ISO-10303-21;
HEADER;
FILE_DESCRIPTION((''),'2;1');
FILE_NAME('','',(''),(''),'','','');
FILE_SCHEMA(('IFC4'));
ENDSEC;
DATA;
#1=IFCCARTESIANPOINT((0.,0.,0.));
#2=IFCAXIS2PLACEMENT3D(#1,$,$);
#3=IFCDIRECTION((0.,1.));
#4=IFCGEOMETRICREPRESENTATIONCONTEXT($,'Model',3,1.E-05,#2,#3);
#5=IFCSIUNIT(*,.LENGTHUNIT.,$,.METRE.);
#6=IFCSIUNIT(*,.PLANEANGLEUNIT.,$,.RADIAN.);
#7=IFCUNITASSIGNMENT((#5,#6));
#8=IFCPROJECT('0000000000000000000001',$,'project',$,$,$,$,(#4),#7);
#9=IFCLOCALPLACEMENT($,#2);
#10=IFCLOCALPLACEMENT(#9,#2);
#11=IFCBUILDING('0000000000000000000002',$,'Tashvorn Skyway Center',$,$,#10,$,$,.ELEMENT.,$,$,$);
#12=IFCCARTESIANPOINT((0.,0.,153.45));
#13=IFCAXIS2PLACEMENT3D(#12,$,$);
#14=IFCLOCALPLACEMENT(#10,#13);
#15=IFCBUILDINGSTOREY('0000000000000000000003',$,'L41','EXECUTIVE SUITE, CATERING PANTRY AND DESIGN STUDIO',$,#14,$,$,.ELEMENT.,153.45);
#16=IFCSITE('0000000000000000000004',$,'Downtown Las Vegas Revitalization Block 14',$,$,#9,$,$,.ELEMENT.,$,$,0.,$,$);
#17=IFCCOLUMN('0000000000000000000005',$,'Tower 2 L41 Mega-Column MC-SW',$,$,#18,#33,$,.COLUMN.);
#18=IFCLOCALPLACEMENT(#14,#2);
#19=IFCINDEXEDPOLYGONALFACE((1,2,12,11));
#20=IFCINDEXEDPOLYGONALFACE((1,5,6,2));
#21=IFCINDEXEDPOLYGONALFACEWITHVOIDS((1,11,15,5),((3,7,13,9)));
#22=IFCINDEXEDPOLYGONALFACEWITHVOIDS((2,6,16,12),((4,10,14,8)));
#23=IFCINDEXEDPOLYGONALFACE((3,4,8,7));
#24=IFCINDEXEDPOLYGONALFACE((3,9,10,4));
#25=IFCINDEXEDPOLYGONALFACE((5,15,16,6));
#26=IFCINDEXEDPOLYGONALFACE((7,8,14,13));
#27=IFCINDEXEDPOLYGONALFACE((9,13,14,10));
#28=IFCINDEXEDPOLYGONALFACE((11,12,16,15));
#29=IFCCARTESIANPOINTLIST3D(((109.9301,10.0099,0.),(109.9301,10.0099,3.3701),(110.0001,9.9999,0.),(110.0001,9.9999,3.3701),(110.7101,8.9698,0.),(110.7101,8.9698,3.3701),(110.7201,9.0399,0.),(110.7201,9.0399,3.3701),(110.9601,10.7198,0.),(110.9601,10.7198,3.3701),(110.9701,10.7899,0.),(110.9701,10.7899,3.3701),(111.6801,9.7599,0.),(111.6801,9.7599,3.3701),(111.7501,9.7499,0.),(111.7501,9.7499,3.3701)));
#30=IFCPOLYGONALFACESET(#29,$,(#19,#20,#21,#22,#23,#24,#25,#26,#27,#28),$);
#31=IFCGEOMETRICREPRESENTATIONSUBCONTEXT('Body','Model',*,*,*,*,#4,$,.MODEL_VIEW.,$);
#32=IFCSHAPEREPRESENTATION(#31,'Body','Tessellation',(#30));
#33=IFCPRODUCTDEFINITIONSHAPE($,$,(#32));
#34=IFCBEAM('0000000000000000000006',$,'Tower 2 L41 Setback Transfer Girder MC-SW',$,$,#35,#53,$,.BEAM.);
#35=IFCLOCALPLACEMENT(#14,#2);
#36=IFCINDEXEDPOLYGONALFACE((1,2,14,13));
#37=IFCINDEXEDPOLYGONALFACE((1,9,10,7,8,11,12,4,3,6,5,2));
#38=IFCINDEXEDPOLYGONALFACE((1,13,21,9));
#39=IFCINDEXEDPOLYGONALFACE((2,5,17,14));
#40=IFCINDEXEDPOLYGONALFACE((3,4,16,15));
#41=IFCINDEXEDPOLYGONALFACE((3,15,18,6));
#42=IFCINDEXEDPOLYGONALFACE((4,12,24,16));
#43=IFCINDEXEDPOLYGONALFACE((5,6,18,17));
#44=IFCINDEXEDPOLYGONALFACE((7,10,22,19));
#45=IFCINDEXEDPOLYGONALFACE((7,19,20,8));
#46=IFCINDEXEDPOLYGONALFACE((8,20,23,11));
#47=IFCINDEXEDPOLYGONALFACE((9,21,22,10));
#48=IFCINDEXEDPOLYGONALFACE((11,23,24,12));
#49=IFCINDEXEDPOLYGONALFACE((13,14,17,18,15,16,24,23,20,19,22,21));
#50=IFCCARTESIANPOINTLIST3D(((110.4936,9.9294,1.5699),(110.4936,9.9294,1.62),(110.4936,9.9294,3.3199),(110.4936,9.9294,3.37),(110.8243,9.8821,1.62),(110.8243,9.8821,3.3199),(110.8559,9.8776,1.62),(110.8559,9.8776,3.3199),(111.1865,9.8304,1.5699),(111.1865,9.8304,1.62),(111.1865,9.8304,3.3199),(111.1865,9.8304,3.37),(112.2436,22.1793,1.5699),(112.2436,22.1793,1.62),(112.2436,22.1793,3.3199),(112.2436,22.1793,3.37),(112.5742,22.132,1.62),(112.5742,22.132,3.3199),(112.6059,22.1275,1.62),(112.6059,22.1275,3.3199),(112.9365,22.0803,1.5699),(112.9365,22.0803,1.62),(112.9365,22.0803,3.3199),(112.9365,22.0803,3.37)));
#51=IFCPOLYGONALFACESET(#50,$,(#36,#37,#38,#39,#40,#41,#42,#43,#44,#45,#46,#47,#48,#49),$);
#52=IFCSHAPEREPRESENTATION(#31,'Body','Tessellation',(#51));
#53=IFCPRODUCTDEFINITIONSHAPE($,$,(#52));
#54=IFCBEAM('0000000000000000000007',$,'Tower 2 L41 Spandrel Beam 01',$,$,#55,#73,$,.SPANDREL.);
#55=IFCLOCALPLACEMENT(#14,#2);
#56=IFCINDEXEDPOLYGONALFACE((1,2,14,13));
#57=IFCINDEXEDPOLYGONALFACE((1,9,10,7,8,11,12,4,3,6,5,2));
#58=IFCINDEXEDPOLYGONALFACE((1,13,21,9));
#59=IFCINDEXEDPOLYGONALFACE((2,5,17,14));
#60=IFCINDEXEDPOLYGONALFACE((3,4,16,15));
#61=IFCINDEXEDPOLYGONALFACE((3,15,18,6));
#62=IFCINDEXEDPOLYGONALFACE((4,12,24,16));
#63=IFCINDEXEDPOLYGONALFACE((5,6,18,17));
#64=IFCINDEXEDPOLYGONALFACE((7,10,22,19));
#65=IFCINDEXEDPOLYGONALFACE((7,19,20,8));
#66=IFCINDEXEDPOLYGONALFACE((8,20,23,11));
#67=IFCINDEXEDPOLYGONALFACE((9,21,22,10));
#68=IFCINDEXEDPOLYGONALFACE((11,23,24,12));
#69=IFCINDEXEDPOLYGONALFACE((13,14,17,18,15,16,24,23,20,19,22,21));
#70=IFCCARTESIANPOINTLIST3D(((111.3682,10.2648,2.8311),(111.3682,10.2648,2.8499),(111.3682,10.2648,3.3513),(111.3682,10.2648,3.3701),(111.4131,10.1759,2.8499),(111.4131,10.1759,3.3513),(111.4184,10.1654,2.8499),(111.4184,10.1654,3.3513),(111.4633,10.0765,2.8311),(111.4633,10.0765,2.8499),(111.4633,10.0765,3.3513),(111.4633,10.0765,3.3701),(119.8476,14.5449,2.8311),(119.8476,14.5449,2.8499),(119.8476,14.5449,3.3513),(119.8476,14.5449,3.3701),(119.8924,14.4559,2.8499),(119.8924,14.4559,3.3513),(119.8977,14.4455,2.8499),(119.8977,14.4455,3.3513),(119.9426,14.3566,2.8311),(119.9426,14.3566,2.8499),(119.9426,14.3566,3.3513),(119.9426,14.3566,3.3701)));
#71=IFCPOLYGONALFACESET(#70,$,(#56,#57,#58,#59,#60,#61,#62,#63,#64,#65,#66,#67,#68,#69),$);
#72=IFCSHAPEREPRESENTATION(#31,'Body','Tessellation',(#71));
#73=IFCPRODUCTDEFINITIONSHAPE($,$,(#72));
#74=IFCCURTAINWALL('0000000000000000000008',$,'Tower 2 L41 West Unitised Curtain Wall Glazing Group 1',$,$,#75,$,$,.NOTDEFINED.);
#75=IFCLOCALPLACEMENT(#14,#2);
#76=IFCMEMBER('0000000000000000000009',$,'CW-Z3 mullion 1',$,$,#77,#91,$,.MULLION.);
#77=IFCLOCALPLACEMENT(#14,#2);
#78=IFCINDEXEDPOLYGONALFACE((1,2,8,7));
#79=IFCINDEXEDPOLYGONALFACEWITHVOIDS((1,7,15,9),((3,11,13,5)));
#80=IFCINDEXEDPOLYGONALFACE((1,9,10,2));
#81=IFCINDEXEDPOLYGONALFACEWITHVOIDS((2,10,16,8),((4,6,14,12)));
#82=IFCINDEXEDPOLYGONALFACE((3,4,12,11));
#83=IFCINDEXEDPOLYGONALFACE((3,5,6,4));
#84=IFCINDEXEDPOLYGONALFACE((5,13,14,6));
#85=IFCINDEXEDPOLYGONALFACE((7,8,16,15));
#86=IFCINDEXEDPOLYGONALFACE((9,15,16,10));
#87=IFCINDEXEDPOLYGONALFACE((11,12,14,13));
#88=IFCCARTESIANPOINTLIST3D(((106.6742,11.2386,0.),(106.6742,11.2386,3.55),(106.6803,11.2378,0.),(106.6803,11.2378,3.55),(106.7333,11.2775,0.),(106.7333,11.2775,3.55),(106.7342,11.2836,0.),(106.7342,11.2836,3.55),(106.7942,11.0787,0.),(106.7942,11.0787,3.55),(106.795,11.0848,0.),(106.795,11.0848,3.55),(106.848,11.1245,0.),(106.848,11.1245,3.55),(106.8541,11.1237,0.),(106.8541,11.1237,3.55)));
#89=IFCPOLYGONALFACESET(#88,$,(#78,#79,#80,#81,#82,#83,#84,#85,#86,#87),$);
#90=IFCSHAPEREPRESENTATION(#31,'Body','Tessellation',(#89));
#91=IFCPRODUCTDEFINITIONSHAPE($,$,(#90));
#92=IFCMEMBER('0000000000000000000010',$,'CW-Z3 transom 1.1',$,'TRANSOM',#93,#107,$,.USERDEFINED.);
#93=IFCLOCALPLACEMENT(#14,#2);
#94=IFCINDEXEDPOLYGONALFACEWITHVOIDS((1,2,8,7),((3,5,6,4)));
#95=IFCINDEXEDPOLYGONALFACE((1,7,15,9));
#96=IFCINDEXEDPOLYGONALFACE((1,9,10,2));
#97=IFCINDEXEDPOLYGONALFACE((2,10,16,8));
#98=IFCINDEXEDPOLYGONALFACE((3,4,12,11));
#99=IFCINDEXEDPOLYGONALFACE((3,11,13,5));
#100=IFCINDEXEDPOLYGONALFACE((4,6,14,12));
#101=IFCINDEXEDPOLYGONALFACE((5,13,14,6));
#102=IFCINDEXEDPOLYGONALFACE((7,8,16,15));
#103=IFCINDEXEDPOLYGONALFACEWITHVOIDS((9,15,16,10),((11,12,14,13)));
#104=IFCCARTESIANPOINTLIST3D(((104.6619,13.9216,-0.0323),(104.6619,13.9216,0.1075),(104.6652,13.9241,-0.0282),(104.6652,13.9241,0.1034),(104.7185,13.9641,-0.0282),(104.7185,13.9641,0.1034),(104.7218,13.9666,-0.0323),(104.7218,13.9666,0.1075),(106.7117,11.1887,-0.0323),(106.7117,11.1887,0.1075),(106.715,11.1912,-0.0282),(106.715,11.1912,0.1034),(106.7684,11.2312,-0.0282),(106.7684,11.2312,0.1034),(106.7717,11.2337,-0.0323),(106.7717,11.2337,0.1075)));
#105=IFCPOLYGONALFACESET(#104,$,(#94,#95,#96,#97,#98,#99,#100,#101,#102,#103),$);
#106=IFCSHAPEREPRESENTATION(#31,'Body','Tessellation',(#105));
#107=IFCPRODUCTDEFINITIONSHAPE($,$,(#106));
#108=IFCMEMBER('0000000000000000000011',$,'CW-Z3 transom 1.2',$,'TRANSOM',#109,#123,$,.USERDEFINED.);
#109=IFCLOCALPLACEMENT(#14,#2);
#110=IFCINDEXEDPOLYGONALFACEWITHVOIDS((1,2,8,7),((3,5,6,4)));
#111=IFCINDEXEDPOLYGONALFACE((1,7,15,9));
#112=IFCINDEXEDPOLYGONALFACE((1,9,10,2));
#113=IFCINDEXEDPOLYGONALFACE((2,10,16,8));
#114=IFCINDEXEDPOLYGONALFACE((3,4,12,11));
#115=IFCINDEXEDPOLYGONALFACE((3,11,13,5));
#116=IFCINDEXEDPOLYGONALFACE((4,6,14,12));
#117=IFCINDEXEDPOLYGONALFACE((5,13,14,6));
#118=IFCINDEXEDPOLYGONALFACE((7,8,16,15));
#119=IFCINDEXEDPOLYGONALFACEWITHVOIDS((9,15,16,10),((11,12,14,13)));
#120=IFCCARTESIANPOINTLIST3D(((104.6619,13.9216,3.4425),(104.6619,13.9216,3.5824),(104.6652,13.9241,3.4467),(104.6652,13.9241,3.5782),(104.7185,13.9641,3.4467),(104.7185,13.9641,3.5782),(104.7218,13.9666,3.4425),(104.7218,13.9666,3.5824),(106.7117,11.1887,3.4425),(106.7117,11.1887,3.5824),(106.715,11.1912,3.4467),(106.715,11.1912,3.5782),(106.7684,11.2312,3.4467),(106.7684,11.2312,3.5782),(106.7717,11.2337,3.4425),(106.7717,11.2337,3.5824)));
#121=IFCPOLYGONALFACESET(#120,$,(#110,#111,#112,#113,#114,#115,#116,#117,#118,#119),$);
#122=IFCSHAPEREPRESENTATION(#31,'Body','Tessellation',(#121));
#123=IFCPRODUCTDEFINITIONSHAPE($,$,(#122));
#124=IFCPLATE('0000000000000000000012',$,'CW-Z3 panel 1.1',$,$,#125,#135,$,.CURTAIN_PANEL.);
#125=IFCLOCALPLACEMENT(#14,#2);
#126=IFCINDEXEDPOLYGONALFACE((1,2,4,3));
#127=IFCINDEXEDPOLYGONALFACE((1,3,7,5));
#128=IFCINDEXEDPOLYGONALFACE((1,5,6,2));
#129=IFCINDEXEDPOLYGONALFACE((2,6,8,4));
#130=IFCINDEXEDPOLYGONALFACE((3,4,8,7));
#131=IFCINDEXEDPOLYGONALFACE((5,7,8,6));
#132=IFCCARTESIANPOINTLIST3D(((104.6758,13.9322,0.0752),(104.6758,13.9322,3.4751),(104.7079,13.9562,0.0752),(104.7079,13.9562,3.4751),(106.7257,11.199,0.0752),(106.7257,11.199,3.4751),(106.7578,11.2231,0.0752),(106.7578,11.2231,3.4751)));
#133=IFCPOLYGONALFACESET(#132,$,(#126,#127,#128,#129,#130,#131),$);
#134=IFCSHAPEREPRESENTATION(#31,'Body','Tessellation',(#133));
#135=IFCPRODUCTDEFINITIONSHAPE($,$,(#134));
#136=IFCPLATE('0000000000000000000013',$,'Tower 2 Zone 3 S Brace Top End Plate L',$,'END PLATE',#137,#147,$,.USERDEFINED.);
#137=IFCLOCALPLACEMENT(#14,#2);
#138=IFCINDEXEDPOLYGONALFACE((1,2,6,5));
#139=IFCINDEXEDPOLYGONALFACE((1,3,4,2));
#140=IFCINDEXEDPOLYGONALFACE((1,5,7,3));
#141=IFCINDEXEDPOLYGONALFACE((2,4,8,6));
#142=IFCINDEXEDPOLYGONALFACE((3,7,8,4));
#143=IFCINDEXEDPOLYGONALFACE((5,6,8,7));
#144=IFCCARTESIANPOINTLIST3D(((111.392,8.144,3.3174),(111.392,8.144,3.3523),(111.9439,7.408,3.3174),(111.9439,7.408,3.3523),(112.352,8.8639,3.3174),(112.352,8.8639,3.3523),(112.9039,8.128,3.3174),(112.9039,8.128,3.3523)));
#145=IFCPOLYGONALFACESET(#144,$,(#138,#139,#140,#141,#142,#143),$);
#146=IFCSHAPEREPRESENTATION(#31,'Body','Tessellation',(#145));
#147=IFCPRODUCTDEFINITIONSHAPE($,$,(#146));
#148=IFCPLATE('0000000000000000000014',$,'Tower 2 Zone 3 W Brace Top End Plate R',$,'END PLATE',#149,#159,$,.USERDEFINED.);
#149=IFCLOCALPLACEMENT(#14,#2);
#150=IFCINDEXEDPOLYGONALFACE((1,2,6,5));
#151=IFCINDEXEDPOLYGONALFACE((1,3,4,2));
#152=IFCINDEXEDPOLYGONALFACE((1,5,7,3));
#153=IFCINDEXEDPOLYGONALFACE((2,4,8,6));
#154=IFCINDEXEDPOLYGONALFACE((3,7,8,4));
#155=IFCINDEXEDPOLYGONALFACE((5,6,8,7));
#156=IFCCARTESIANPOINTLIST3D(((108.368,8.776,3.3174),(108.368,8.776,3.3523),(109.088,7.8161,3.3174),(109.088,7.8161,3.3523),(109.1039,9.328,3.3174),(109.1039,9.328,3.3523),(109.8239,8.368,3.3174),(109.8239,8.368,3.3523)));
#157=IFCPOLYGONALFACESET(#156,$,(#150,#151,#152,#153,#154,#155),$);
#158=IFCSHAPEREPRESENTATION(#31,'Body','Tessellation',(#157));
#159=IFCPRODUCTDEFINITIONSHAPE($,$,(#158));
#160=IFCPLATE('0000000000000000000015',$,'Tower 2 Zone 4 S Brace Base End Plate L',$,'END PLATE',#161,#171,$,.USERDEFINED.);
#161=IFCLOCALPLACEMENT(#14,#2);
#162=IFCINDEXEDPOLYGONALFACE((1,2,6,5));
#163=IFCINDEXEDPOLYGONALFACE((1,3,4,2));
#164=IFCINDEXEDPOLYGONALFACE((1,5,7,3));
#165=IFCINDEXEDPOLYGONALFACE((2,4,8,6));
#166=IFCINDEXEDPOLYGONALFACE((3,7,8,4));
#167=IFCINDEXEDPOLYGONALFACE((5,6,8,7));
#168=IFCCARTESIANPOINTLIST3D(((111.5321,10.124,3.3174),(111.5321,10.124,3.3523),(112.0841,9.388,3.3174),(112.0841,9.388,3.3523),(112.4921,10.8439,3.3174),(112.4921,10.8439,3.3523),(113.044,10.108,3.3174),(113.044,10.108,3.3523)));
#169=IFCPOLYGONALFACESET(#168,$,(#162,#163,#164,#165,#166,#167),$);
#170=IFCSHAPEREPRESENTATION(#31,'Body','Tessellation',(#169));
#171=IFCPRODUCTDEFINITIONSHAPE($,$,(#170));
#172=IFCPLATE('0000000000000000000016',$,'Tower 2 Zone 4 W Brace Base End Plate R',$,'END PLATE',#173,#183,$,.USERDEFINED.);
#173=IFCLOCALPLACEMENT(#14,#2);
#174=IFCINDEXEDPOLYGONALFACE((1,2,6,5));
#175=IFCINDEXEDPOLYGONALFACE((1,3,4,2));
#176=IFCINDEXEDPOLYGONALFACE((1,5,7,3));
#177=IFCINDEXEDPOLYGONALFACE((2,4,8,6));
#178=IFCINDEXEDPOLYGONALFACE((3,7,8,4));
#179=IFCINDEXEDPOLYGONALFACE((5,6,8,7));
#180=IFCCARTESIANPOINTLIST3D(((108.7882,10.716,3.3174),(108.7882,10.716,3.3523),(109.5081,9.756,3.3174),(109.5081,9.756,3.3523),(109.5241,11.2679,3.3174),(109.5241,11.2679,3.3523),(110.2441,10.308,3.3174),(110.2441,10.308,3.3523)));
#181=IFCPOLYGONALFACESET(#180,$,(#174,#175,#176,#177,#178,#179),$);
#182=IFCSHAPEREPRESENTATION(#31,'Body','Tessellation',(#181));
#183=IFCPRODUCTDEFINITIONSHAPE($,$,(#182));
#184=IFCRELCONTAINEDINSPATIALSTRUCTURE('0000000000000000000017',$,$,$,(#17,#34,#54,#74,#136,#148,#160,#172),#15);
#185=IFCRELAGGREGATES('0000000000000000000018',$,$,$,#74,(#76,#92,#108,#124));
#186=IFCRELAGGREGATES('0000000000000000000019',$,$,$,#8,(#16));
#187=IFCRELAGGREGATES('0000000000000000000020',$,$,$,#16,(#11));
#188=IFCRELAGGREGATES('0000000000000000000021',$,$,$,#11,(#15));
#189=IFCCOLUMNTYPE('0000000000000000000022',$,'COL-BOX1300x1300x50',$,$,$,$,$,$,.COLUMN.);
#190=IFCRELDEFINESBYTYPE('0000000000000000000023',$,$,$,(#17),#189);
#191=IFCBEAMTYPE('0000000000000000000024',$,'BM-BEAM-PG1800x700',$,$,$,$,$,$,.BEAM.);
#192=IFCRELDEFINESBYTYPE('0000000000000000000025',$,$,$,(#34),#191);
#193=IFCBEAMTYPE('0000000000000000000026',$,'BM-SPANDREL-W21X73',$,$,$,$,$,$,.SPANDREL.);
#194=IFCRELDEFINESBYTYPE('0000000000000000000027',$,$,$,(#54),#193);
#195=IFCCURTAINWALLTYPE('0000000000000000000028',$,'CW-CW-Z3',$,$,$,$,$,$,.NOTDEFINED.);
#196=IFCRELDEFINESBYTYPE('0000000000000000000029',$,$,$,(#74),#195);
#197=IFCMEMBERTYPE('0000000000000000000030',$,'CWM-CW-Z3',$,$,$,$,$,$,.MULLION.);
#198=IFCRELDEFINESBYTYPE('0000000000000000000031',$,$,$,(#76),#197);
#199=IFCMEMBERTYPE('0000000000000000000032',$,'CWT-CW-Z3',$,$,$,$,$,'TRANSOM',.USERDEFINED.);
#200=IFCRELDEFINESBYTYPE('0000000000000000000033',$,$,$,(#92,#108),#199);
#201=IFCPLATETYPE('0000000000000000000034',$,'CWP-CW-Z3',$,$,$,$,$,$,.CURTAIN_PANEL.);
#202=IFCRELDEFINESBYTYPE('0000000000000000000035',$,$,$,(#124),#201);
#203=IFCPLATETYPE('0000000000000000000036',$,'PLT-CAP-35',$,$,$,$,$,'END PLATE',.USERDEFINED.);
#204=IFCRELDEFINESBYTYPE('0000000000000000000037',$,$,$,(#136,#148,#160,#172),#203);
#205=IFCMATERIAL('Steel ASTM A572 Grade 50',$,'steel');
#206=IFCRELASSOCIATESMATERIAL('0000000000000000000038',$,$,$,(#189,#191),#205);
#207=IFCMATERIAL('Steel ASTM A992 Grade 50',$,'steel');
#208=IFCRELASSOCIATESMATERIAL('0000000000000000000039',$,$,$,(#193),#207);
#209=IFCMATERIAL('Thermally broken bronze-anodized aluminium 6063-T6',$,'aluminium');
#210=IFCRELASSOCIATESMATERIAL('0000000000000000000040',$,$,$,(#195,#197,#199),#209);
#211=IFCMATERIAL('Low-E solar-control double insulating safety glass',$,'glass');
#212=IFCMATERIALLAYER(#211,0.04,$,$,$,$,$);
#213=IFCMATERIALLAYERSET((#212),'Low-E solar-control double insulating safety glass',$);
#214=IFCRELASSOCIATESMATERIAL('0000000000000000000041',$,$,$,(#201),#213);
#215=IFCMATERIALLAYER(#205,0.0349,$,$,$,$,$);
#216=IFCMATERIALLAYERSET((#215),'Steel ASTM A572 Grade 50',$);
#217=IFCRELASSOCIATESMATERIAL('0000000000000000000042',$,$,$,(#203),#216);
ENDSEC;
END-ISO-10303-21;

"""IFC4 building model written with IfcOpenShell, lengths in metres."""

from ifc_helpers import new_model, si_unit, direction, frame, origin, origin_2d, place, context, subcontext, project, spatial, rectangle, hollow_rectangle, i_section, extrude, material, layer, layer_set, material_profile, profile_set, type_object, element, aggregate, save


model = new_model("IFC4")

# Units and contexts
model_context = context("Model", 3, precision=1e-05, world=origin(), true_north=direction((0.0, 1.0)))
body_context = subcontext(model_context, "Body", "Model", "MODEL_VIEW")
ifc_project = project(units=[si_unit("LENGTHUNIT", "METRE"), si_unit("PLANEANGLEUNIT", "RADIAN")], contexts=[model_context])

# Site, building, storey
site_placement = place(None, origin())
site = spatial("IfcSite", under=ifc_project, at=site_placement, Name="Downtown Las Vegas Revitalization Block 14", CompositionType="ELEMENT", RefElevation=0.0)
building_placement = place(site_placement, origin())
building = spatial("IfcBuilding", under=site, at=building_placement, Name="Tashvorn Skyway Center", CompositionType="ELEMENT")
storey_placement = place(building_placement, frame((0.0, 0.0, 153.45)))
storey = spatial("IfcBuildingStorey", under=building, at=storey_placement, Name="L41", Description="EXECUTIVE SUITE, CATERING PANTRY AND DESIGN STUDIO", CompositionType="ELEMENT", Elevation=153.45)

# Column
ifc_material_1 = material(Name="Steel ASTM A572 Grade 50", Category="steel")
ifc_material_profile_1 = material_profile(ifc_material_1, hollow_rectangle(XDim=1.3, YDim=1.3, WallThickness=0.05, at=origin_2d()), Name="BOX1300x1300x50")
ifc_profile_set_1 = profile_set([ifc_material_profile_1], Name="Steel ASTM A572 Grade 50")
column_type = type_object("IfcColumnType", Name="COL-BOX1300x1300x50", PredefinedType="COLUMN", material=ifc_profile_set_1)
column_placement = place(storey_placement, frame((110.8401, 9.8799, 0.0), z_axis=(0.0, 0.0, 1.0), x_axis=(0.8, 0.6, 0.0)))
element("IfcColumn", 1, at=column_placement, inside=storey, type_object=column_type, Name="Tower 2 L41 Mega-Column MC-SW", PredefinedType="COLUMN", context=body_context, shape_type="SweptSolid", body=[
    extrude(hollow_rectangle(XDim=1.3, YDim=1.3, WallThickness=0.05, at=origin_2d()), origin(), (0.0, 0.0, 1.0), 3.3701),
])

# Beams
ifc_material_profile_2 = material_profile(ifc_material_1, i_section(OverallWidth=0.7, OverallDepth=1.8, WebThickness=0.032, FlangeThickness=0.05, at=origin_2d()), Name="PG1800x700")
ifc_profile_set_2 = profile_set([ifc_material_profile_2], Name="Steel ASTM A572 Grade 50")
beam_type_1 = type_object("IfcBeamType", Name="BM-BEAM-PG1800x700", PredefinedType="BEAM", material=ifc_profile_set_2)
beam_1_placement = place(storey_placement, frame((110.8401, 9.8799, 2.47), z_axis=(0.141421, 0.989949, 0.0), x_axis=(-0.989949, 0.141421, 0.0)))
element("IfcBeam", 2, at=beam_1_placement, inside=storey, type_object=beam_type_1, Name="Tower 2 L41 Setback Transfer Girder MC-SW", PredefinedType="BEAM", context=body_context, shape_type="SweptSolid", body=[
    extrude(i_section(OverallWidth=0.7, OverallDepth=1.8, WebThickness=0.032, FlangeThickness=0.05, at=origin_2d()), origin(), (0.0, 0.0, 1.0), 12.3743),
])
ifc_material_2 = material(Name="Steel ASTM A992 Grade 50", Category="steel")
ifc_material_profile_3 = material_profile(ifc_material_2, i_section(OverallWidth=0.2109, OverallDepth=0.5391, WebThickness=0.0117, FlangeThickness=0.0188, at=origin_2d()), Name="W21X73")
ifc_profile_set_3 = profile_set([ifc_material_profile_3], Name="Steel ASTM A992 Grade 50")
beam_type_2 = type_object("IfcBeamType", Name="BM-SPANDREL-W21X73", PredefinedType="SPANDREL", material=ifc_profile_set_3)
beam_2_placement = place(storey_placement, frame((111.4158, 10.1707, 3.1006), z_axis=(0.892719, 0.450614, 0.0), x_axis=(-0.450614, 0.892719, 0.0)))
element("IfcBeam", 3, at=beam_2_placement, inside=storey, type_object=beam_type_2, Name="Tower 2 L41 Spandrel Beam 01", PredefinedType="SPANDREL", context=body_context, shape_type="SweptSolid", body=[
    extrude(i_section(OverallWidth=0.2109, OverallDepth=0.5391, WebThickness=0.0117, FlangeThickness=0.0188, at=origin_2d()), origin(), (0.0, 0.0, 1.0), 9.4983),
])

# Curtain wall, members, plate
ifc_material_3 = material(Name="Thermally broken bronze-anodized aluminium 6063-T6", Category="aluminium")
curtain_wall_type = type_object("IfcCurtainWallType", Name="CW-CW-Z3", PredefinedType="NOTDEFINED", material=ifc_material_3)
curtain_wall_placement = place(storey_placement, origin())
curtain_wall = element("IfcCurtainWall", 4, at=curtain_wall_placement, inside=storey, type_object=curtain_wall_type, Name="Tower 2 L41 West Unitised Curtain Wall Glazing Group 1", PredefinedType="NOTDEFINED")
ifc_material_profile_4 = material_profile(ifc_material_3, hollow_rectangle(XDim=0.075, YDim=0.2, WallThickness=0.0044, at=origin_2d()), Name="ALU-MULL-75x200")
ifc_profile_set_4 = profile_set([ifc_material_profile_4], Name="Thermally broken bronze-anodized aluminium 6063-T6")
member_type_1 = type_object("IfcMemberType", Name="CWM-CW-Z3", PredefinedType="MULLION", material=ifc_profile_set_4)
member_1_placement = place(storey_placement, frame((106.7642, 11.1812, 0.0), z_axis=(0.0, 0.0, 1.0), x_axis=(-0.799997, -0.600005, 0.0)))
member_1 = element("IfcMember", 5, at=member_1_placement, type_object=member_type_1, Name="CW-Z3 mullion 1", PredefinedType="MULLION", context=body_context, shape_type="SweptSolid", body=[
    extrude(hollow_rectangle(XDim=0.075, YDim=0.2, WallThickness=0.0044, at=origin_2d()), origin(), (0.0, 0.0, 1.0), 3.55),
])
ifc_material_profile_5 = material_profile(ifc_material_3, hollow_rectangle(XDim=0.075, YDim=0.1399, WallThickness=0.0042, at=origin_2d()), Name="ALU-TRAN-75x140")
ifc_profile_set_5 = profile_set([ifc_material_profile_5], Name="Thermally broken bronze-anodized aluminium 6063-T6")
member_type_2 = type_object("IfcMemberType", Name="CWT-CW-Z3", ElementType="TRANSOM", PredefinedType="USERDEFINED", material=ifc_profile_set_5)
member_2_placement = place(storey_placement, frame((106.7417, 11.2112, 0.0376), z_axis=(-0.600023, 0.799983, 0.0), x_axis=(-0.799983, -0.600023, 0.0)))
member_2 = element("IfcMember", 6, at=member_2_placement, type_object=member_type_2, Name="CW-Z3 transom 1.1", ObjectType="TRANSOM", PredefinedType="USERDEFINED", context=body_context, shape_type="SweptSolid", body=[
    extrude(hollow_rectangle(XDim=0.075, YDim=0.1399, WallThickness=0.0042, at=origin_2d()), origin(), (0.0, 0.0, 1.0), 3.4163),
])
member_3_placement = place(storey_placement, frame((106.7417, 11.2112, 3.5125), z_axis=(-0.600023, 0.799983, 0.0), x_axis=(-0.799983, -0.600023, 0.0)))
member_3 = element("IfcMember", 7, at=member_3_placement, type_object=member_type_2, Name="CW-Z3 transom 1.2", ObjectType="TRANSOM", PredefinedType="USERDEFINED", context=body_context, shape_type="SweptSolid", body=[
    extrude(hollow_rectangle(XDim=0.075, YDim=0.1399, WallThickness=0.0042, at=origin_2d()), origin(), (0.0, 0.0, 1.0), 3.4163),
])
ifc_material_4 = material(Name="Low-E solar-control double insulating safety glass", Category="glass")
ifc_layer_1 = layer(ifc_material_4, 0.04)
ifc_layer_set_1 = layer_set([ifc_layer_1], Name="Low-E solar-control double insulating safety glass")
plate_type_1 = type_object("IfcPlateType", Name="CWP-CW-Z3", PredefinedType="CURTAIN_PANEL", material=ifc_layer_set_1)
plate_1_placement = place(storey_placement, frame((105.7168, 12.5776, 0.0752), z_axis=(0.0, 0.0, 1.0), x_axis=(-0.600005, 0.799997, 0.0)))
plate_1 = element("IfcPlate", 8, at=plate_1_placement, type_object=plate_type_1, Name="CW-Z3 panel 1.1", PredefinedType="CURTAIN_PANEL", context=body_context, shape_type="SweptSolid", body=[
    extrude(rectangle(XDim=3.4165, YDim=0.04, at=origin_2d()), origin(), (0.0, 0.0, 1.0), 3.3999),
])
aggregate(curtain_wall, [member_1, member_2, member_3, plate_1])

# Plates
ifc_layer_2 = layer(ifc_material_1, 0.0349)
ifc_layer_set_2 = layer_set([ifc_layer_2], Name="Steel ASTM A572 Grade 50")
plate_type_2 = type_object("IfcPlateType", Name="PLT-CAP-35", ElementType="END PLATE", PredefinedType="USERDEFINED", material=ifc_layer_set_2)
for number, where, z_axis, x_axis, name in (
    (9, (112.1479, 8.136, 3.3174), (0.0, 0.0, 1.0), (0.8, 0.6, 0.0), "Tower 2 Zone 3 S Brace Top End Plate L"),
    (10, (109.0959, 8.572, 3.3174), (0.0, 0.0, 1.0), (0.6, -0.8, 0.0), "Tower 2 Zone 3 W Brace Top End Plate R"),
    (11, (112.2881, 10.116, 3.3174), (0.0, 0.0, 1.0), (0.8, 0.6, 0.0), "Tower 2 Zone 4 S Brace Base End Plate L"),
    (12, (109.5161, 10.512, 3.3174), (0.0, 0.0, 1.0), (0.6, -0.8, 0.0), "Tower 2 Zone 4 W Brace Base End Plate R"),
):
    element("IfcPlate", number, at=place(storey_placement, frame(where, z_axis=z_axis, x_axis=x_axis)), inside=storey, type_object=plate_type_2, Name=name, ObjectType="END PLATE", PredefinedType="USERDEFINED", context=body_context, shape_type="SweptSolid", body=[
        extrude(rectangle(XDim=1.2, YDim=0.9199, at=origin_2d()), origin(), (0.0, 0.0, 1.0), 0.0349),
    ])

save(model, "model.ifc")
